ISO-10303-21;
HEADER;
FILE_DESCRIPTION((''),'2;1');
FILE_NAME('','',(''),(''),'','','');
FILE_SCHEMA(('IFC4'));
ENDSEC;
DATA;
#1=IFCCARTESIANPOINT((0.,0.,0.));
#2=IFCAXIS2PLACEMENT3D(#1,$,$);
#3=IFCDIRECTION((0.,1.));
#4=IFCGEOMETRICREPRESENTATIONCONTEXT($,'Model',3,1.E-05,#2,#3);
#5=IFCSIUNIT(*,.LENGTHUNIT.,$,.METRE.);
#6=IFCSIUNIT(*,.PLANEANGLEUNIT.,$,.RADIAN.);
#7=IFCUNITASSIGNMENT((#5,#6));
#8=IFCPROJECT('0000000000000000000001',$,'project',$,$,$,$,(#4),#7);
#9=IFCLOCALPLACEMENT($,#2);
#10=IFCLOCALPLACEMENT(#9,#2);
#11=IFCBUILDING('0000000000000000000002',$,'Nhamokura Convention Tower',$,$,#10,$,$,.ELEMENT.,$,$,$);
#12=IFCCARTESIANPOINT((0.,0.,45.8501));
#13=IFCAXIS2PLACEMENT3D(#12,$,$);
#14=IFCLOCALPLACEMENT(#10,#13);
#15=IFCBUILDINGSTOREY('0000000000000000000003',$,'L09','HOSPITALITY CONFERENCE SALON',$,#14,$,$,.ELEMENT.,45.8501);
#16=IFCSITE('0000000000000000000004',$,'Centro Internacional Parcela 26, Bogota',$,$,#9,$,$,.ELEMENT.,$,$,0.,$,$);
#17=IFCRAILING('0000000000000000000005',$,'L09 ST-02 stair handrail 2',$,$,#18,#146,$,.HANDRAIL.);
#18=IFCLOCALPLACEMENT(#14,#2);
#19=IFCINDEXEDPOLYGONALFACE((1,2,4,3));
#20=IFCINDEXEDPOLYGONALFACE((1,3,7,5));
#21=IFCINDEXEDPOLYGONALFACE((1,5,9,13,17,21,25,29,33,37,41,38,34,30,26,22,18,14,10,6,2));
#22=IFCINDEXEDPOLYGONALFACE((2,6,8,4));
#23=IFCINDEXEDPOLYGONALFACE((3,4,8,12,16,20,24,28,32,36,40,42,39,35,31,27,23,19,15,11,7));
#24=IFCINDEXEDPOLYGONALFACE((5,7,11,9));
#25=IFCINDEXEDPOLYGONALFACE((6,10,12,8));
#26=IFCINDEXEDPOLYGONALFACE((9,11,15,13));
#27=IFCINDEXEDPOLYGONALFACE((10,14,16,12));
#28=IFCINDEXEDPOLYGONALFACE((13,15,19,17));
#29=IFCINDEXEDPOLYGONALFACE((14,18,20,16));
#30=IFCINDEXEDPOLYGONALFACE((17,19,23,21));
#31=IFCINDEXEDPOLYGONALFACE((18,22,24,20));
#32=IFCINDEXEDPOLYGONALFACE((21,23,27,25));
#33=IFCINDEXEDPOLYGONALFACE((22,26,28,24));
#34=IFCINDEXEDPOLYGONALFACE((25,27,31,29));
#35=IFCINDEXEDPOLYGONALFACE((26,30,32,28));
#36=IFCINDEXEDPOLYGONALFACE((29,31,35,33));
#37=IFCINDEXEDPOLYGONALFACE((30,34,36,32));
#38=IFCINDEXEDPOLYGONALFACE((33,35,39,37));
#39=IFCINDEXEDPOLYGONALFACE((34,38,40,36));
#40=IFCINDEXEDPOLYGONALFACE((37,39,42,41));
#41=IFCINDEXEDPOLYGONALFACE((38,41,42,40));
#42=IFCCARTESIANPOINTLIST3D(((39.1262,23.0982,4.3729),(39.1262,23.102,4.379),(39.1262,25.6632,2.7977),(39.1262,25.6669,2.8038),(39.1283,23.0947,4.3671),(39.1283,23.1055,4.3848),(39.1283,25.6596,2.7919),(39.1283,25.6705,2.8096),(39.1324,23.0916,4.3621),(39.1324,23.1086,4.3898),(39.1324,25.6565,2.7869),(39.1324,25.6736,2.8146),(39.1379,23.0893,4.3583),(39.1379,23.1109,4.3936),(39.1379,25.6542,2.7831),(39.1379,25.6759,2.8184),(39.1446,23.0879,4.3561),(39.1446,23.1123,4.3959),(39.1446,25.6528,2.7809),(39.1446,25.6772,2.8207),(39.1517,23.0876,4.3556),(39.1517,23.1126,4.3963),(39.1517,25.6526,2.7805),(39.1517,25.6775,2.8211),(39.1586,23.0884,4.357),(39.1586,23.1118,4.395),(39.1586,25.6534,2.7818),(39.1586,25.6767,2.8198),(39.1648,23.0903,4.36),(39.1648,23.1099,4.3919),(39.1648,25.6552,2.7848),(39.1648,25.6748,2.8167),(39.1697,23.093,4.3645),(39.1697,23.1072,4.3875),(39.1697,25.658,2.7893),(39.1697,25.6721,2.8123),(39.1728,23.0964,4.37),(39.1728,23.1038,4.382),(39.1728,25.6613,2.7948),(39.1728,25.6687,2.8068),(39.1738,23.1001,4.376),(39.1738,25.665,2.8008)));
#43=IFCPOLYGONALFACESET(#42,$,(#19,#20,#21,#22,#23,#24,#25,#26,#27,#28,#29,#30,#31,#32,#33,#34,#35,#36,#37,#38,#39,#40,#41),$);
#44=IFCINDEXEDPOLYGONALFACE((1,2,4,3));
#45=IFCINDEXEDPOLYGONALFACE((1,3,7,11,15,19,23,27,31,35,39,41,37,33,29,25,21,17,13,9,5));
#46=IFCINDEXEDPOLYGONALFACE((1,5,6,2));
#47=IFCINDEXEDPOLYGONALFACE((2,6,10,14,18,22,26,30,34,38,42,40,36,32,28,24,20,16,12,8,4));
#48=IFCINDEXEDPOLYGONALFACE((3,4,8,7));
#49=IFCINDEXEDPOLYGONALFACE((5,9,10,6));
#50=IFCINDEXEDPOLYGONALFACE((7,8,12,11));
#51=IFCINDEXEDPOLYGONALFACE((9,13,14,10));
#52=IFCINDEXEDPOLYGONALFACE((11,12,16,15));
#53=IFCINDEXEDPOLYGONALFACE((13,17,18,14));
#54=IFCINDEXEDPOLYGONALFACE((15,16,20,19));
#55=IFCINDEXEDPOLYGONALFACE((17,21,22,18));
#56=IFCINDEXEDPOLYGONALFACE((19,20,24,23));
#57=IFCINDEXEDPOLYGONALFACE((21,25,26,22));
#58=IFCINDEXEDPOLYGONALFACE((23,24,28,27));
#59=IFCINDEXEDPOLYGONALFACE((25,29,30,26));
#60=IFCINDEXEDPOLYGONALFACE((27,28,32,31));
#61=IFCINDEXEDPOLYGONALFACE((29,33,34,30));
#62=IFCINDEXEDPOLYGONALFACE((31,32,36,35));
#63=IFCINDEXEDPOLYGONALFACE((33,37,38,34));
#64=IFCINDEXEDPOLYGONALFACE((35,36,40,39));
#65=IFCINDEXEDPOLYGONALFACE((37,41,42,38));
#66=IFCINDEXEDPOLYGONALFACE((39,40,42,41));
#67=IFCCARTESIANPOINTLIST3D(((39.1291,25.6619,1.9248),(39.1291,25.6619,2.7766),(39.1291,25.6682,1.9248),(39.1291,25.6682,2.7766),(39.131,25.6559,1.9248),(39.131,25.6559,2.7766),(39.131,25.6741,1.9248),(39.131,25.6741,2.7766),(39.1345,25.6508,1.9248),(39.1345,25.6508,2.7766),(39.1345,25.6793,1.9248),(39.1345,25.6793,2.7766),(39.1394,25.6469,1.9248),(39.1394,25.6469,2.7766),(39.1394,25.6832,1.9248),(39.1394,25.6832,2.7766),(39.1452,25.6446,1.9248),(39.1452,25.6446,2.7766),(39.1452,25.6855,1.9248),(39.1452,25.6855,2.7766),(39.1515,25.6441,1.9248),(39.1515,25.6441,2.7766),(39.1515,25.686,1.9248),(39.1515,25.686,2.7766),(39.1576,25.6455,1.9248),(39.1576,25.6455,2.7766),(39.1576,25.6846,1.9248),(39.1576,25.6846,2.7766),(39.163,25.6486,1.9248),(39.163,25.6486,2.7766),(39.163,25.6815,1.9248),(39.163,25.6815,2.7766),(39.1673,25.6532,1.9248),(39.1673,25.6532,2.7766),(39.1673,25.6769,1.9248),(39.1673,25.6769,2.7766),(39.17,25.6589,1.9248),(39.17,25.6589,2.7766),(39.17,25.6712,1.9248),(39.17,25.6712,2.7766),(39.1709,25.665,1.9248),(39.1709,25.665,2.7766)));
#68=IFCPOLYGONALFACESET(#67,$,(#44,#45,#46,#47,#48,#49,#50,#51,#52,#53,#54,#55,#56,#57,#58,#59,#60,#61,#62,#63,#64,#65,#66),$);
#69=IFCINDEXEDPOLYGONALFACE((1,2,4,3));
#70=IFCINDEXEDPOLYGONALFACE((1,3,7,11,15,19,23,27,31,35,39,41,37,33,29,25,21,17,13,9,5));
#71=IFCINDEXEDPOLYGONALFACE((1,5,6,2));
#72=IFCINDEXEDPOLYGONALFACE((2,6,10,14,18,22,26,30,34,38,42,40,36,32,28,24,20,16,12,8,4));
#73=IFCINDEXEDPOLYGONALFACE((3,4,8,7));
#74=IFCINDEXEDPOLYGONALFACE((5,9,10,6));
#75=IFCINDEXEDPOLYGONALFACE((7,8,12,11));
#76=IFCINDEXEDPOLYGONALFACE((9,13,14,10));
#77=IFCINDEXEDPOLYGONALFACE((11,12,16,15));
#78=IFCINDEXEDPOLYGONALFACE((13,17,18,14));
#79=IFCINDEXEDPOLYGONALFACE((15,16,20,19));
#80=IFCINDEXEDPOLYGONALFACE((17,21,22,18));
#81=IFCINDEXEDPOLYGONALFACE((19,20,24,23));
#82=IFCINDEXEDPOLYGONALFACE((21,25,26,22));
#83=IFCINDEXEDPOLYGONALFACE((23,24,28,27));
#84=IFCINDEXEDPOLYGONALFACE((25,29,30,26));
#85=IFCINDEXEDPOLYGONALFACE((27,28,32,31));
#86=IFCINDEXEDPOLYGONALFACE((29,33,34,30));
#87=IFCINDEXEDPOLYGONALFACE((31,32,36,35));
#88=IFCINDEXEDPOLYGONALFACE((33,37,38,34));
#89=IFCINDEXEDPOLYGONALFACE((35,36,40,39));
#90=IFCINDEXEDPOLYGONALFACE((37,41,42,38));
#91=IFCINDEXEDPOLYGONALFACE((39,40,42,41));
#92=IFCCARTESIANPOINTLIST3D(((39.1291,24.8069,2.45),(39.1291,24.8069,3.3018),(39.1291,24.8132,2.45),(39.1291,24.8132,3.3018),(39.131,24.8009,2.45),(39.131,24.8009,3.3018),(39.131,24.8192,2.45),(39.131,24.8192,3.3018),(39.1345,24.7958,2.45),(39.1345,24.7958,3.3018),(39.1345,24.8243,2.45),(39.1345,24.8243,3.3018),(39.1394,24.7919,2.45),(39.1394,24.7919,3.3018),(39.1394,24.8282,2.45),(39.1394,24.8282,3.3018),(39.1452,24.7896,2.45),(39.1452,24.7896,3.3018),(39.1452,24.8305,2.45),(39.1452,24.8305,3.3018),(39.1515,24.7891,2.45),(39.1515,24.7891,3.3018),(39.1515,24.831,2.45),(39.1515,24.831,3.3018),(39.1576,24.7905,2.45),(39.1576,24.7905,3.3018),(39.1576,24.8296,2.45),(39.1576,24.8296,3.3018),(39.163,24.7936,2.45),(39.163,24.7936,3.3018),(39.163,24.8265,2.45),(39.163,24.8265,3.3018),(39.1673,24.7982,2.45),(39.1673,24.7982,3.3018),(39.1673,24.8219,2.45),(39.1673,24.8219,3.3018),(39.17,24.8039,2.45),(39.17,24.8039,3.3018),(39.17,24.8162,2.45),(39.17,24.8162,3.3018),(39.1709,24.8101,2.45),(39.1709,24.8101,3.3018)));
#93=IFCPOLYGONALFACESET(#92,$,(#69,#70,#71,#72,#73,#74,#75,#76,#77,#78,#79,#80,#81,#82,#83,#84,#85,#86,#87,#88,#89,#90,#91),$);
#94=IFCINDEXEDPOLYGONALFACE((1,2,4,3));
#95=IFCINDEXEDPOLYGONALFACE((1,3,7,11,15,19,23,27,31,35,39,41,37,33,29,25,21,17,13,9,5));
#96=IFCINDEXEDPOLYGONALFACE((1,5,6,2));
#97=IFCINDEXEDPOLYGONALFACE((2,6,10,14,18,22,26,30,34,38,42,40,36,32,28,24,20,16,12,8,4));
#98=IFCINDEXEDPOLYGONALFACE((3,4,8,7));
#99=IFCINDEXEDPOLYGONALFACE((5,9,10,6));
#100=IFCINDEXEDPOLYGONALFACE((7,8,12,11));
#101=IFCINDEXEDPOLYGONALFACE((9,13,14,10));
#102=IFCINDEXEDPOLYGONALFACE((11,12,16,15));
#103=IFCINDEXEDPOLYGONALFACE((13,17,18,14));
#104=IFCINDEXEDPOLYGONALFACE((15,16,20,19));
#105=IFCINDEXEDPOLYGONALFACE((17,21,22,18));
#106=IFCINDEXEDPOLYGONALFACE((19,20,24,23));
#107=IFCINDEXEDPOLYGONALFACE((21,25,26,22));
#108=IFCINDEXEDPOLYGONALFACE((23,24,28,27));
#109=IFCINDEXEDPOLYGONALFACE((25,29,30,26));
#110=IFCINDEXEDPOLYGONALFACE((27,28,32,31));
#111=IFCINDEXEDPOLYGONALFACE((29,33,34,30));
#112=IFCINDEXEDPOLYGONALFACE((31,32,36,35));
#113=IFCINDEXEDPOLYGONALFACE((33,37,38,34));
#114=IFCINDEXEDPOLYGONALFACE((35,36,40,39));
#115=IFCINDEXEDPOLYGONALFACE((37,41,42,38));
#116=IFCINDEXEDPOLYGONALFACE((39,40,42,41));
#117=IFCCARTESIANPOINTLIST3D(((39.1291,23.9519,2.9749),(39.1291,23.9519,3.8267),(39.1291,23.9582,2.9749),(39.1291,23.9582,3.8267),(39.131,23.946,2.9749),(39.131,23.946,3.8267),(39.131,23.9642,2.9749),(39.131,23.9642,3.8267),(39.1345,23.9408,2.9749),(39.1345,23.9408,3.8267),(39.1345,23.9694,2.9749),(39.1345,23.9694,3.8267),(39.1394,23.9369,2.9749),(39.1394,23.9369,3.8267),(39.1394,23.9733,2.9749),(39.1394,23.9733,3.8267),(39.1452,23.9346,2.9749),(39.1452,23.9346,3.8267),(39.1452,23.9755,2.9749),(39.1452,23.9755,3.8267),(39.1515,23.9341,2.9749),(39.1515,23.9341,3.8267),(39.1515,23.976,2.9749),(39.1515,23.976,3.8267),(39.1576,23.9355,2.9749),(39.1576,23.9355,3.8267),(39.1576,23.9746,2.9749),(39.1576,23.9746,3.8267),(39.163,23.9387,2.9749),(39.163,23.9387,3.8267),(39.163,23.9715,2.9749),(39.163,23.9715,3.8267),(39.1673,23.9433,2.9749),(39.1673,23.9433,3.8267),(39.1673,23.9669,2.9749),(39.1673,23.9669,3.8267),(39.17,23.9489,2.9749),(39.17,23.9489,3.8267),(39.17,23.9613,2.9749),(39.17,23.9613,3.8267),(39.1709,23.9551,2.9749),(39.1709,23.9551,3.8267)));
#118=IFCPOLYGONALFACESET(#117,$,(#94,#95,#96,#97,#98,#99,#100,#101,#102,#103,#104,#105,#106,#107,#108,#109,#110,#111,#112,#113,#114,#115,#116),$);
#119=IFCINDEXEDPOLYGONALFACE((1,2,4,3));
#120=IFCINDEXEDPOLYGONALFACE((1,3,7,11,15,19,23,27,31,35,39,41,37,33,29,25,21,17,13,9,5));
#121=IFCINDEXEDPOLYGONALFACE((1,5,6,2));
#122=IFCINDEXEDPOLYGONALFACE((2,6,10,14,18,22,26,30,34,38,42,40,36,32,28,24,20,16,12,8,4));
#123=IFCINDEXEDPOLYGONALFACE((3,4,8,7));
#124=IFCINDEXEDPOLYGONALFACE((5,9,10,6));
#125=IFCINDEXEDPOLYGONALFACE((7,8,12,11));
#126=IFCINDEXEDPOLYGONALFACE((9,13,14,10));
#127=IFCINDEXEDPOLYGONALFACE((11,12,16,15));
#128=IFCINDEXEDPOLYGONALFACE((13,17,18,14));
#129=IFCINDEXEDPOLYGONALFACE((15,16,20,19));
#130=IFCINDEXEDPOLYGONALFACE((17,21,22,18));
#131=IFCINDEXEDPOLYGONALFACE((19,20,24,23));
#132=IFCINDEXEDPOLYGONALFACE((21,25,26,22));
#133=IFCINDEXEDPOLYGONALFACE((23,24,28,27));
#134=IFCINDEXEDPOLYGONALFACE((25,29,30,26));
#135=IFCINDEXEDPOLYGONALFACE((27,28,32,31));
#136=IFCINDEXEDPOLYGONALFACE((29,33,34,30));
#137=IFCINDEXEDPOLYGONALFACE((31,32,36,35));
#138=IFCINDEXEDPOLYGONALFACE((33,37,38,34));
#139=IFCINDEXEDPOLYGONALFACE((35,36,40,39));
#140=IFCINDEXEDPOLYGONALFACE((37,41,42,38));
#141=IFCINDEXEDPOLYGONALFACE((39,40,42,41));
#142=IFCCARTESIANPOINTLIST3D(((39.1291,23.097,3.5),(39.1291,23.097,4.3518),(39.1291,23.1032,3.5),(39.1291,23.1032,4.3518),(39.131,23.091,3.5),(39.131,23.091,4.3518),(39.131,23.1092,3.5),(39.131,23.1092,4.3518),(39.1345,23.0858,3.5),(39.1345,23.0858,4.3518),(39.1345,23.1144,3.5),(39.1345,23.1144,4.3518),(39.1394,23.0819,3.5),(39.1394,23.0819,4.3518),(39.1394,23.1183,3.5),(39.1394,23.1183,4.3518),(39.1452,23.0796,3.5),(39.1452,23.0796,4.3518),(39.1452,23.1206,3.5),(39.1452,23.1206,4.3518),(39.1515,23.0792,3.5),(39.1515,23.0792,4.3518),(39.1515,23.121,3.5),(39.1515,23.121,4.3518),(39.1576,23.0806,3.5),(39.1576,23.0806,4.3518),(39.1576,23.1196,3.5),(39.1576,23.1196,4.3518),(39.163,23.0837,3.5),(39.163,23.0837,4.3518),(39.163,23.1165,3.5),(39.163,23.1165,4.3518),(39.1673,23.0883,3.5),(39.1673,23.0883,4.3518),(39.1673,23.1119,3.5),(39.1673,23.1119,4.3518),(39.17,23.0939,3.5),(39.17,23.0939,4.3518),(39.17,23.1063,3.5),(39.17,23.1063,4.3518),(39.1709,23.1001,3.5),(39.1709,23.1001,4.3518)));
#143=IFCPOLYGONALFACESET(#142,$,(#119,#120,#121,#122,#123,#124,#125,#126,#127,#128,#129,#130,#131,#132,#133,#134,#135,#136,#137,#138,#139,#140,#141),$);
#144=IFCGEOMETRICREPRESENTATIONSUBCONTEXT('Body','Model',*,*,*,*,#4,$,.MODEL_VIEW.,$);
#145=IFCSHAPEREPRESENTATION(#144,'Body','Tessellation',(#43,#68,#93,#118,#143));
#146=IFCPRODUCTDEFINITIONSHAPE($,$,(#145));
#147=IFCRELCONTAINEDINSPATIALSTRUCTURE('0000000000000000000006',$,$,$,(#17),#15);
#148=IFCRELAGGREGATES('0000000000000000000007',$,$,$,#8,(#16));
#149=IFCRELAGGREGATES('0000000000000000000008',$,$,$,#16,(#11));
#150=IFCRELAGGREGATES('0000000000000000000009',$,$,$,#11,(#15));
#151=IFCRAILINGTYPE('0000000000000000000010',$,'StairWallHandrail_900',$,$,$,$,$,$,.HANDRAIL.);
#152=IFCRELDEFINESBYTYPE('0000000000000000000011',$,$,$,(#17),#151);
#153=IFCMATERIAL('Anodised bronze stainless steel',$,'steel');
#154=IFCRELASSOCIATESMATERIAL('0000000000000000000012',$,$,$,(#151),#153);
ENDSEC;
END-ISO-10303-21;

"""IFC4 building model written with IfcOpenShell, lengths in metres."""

from ifc_helpers import new_model, si_unit, direction, frame, origin, origin_2d, place, context, subcontext, project, spatial, circle, extrude, material, type_object, element, save


model = new_model("IFC4")

# Units and contexts
model_context = context("Model", 3, precision=1e-05, world=origin(), true_north=direction((0.0, 1.0)))
body_context = subcontext(model_context, "Body", "Model", "MODEL_VIEW")
ifc_project = project(units=[si_unit("LENGTHUNIT", "METRE"), si_unit("PLANEANGLEUNIT", "RADIAN")], contexts=[model_context])

# Site, building, storey
site_placement = place(None, origin())
site = spatial("IfcSite", under=ifc_project, at=site_placement, Name="Centro Internacional Parcela 26, Bogota", CompositionType="ELEMENT", RefElevation=0.0)
building_placement = place(site_placement, origin())
building = spatial("IfcBuilding", under=site, at=building_placement, Name="Nhamokura Convention Tower", CompositionType="ELEMENT")
storey_placement = place(building_placement, frame((0.0, 0.0, 45.8501)))
storey = spatial("IfcBuildingStorey", under=building, at=storey_placement, Name="L09", Description="HOSPITALITY CONFERENCE SALON", CompositionType="ELEMENT", Elevation=45.8501)

# Railing
ifc_material_1 = material(Name="Anodised bronze stainless steel", Category="steel")
railing_type_1 = type_object("IfcRailingType", Name="StairWallHandrail_900", PredefinedType="HANDRAIL", material=ifc_material_1)
railing_1_placement = place(storey_placement, frame((39.1499, 25.665, 1.9248)))
element("IfcRailing", 1, at=railing_1_placement, inside=storey, type_object=railing_type_1, Name="L09 ST-02 stair handrail 2", PredefinedType="HANDRAIL", context=body_context, shape_type="SweptSolid", body=[
    extrude(circle(Radius=0.0239, at=origin_2d()), frame((0.0, 0.0, 0.876), z_axis=(0.0, -0.852137, 0.523319), x_axis=(1.0, 0.0, 0.0)), (0.0, 0.0, 1.0), 3.01),
    extrude(circle(Radius=0.021, at=origin_2d()), origin(), (0.0, 0.0, 1.0), 0.8518),
    extrude(circle(Radius=0.021, at=origin_2d()), frame((0.0, -0.855, 0.5251)), (0.0, 0.0, 1.0), 0.8518),
    extrude(circle(Radius=0.021, at=origin_2d()), frame((0.0, -1.71, 1.05)), (0.0, 0.0, 1.0), 0.8518),
    extrude(circle(Radius=0.021, at=origin_2d()), frame((0.0, -2.5649, 1.5752)), (0.0, 0.0, 1.0), 0.8518),
])

save(model, "model.ifc")
